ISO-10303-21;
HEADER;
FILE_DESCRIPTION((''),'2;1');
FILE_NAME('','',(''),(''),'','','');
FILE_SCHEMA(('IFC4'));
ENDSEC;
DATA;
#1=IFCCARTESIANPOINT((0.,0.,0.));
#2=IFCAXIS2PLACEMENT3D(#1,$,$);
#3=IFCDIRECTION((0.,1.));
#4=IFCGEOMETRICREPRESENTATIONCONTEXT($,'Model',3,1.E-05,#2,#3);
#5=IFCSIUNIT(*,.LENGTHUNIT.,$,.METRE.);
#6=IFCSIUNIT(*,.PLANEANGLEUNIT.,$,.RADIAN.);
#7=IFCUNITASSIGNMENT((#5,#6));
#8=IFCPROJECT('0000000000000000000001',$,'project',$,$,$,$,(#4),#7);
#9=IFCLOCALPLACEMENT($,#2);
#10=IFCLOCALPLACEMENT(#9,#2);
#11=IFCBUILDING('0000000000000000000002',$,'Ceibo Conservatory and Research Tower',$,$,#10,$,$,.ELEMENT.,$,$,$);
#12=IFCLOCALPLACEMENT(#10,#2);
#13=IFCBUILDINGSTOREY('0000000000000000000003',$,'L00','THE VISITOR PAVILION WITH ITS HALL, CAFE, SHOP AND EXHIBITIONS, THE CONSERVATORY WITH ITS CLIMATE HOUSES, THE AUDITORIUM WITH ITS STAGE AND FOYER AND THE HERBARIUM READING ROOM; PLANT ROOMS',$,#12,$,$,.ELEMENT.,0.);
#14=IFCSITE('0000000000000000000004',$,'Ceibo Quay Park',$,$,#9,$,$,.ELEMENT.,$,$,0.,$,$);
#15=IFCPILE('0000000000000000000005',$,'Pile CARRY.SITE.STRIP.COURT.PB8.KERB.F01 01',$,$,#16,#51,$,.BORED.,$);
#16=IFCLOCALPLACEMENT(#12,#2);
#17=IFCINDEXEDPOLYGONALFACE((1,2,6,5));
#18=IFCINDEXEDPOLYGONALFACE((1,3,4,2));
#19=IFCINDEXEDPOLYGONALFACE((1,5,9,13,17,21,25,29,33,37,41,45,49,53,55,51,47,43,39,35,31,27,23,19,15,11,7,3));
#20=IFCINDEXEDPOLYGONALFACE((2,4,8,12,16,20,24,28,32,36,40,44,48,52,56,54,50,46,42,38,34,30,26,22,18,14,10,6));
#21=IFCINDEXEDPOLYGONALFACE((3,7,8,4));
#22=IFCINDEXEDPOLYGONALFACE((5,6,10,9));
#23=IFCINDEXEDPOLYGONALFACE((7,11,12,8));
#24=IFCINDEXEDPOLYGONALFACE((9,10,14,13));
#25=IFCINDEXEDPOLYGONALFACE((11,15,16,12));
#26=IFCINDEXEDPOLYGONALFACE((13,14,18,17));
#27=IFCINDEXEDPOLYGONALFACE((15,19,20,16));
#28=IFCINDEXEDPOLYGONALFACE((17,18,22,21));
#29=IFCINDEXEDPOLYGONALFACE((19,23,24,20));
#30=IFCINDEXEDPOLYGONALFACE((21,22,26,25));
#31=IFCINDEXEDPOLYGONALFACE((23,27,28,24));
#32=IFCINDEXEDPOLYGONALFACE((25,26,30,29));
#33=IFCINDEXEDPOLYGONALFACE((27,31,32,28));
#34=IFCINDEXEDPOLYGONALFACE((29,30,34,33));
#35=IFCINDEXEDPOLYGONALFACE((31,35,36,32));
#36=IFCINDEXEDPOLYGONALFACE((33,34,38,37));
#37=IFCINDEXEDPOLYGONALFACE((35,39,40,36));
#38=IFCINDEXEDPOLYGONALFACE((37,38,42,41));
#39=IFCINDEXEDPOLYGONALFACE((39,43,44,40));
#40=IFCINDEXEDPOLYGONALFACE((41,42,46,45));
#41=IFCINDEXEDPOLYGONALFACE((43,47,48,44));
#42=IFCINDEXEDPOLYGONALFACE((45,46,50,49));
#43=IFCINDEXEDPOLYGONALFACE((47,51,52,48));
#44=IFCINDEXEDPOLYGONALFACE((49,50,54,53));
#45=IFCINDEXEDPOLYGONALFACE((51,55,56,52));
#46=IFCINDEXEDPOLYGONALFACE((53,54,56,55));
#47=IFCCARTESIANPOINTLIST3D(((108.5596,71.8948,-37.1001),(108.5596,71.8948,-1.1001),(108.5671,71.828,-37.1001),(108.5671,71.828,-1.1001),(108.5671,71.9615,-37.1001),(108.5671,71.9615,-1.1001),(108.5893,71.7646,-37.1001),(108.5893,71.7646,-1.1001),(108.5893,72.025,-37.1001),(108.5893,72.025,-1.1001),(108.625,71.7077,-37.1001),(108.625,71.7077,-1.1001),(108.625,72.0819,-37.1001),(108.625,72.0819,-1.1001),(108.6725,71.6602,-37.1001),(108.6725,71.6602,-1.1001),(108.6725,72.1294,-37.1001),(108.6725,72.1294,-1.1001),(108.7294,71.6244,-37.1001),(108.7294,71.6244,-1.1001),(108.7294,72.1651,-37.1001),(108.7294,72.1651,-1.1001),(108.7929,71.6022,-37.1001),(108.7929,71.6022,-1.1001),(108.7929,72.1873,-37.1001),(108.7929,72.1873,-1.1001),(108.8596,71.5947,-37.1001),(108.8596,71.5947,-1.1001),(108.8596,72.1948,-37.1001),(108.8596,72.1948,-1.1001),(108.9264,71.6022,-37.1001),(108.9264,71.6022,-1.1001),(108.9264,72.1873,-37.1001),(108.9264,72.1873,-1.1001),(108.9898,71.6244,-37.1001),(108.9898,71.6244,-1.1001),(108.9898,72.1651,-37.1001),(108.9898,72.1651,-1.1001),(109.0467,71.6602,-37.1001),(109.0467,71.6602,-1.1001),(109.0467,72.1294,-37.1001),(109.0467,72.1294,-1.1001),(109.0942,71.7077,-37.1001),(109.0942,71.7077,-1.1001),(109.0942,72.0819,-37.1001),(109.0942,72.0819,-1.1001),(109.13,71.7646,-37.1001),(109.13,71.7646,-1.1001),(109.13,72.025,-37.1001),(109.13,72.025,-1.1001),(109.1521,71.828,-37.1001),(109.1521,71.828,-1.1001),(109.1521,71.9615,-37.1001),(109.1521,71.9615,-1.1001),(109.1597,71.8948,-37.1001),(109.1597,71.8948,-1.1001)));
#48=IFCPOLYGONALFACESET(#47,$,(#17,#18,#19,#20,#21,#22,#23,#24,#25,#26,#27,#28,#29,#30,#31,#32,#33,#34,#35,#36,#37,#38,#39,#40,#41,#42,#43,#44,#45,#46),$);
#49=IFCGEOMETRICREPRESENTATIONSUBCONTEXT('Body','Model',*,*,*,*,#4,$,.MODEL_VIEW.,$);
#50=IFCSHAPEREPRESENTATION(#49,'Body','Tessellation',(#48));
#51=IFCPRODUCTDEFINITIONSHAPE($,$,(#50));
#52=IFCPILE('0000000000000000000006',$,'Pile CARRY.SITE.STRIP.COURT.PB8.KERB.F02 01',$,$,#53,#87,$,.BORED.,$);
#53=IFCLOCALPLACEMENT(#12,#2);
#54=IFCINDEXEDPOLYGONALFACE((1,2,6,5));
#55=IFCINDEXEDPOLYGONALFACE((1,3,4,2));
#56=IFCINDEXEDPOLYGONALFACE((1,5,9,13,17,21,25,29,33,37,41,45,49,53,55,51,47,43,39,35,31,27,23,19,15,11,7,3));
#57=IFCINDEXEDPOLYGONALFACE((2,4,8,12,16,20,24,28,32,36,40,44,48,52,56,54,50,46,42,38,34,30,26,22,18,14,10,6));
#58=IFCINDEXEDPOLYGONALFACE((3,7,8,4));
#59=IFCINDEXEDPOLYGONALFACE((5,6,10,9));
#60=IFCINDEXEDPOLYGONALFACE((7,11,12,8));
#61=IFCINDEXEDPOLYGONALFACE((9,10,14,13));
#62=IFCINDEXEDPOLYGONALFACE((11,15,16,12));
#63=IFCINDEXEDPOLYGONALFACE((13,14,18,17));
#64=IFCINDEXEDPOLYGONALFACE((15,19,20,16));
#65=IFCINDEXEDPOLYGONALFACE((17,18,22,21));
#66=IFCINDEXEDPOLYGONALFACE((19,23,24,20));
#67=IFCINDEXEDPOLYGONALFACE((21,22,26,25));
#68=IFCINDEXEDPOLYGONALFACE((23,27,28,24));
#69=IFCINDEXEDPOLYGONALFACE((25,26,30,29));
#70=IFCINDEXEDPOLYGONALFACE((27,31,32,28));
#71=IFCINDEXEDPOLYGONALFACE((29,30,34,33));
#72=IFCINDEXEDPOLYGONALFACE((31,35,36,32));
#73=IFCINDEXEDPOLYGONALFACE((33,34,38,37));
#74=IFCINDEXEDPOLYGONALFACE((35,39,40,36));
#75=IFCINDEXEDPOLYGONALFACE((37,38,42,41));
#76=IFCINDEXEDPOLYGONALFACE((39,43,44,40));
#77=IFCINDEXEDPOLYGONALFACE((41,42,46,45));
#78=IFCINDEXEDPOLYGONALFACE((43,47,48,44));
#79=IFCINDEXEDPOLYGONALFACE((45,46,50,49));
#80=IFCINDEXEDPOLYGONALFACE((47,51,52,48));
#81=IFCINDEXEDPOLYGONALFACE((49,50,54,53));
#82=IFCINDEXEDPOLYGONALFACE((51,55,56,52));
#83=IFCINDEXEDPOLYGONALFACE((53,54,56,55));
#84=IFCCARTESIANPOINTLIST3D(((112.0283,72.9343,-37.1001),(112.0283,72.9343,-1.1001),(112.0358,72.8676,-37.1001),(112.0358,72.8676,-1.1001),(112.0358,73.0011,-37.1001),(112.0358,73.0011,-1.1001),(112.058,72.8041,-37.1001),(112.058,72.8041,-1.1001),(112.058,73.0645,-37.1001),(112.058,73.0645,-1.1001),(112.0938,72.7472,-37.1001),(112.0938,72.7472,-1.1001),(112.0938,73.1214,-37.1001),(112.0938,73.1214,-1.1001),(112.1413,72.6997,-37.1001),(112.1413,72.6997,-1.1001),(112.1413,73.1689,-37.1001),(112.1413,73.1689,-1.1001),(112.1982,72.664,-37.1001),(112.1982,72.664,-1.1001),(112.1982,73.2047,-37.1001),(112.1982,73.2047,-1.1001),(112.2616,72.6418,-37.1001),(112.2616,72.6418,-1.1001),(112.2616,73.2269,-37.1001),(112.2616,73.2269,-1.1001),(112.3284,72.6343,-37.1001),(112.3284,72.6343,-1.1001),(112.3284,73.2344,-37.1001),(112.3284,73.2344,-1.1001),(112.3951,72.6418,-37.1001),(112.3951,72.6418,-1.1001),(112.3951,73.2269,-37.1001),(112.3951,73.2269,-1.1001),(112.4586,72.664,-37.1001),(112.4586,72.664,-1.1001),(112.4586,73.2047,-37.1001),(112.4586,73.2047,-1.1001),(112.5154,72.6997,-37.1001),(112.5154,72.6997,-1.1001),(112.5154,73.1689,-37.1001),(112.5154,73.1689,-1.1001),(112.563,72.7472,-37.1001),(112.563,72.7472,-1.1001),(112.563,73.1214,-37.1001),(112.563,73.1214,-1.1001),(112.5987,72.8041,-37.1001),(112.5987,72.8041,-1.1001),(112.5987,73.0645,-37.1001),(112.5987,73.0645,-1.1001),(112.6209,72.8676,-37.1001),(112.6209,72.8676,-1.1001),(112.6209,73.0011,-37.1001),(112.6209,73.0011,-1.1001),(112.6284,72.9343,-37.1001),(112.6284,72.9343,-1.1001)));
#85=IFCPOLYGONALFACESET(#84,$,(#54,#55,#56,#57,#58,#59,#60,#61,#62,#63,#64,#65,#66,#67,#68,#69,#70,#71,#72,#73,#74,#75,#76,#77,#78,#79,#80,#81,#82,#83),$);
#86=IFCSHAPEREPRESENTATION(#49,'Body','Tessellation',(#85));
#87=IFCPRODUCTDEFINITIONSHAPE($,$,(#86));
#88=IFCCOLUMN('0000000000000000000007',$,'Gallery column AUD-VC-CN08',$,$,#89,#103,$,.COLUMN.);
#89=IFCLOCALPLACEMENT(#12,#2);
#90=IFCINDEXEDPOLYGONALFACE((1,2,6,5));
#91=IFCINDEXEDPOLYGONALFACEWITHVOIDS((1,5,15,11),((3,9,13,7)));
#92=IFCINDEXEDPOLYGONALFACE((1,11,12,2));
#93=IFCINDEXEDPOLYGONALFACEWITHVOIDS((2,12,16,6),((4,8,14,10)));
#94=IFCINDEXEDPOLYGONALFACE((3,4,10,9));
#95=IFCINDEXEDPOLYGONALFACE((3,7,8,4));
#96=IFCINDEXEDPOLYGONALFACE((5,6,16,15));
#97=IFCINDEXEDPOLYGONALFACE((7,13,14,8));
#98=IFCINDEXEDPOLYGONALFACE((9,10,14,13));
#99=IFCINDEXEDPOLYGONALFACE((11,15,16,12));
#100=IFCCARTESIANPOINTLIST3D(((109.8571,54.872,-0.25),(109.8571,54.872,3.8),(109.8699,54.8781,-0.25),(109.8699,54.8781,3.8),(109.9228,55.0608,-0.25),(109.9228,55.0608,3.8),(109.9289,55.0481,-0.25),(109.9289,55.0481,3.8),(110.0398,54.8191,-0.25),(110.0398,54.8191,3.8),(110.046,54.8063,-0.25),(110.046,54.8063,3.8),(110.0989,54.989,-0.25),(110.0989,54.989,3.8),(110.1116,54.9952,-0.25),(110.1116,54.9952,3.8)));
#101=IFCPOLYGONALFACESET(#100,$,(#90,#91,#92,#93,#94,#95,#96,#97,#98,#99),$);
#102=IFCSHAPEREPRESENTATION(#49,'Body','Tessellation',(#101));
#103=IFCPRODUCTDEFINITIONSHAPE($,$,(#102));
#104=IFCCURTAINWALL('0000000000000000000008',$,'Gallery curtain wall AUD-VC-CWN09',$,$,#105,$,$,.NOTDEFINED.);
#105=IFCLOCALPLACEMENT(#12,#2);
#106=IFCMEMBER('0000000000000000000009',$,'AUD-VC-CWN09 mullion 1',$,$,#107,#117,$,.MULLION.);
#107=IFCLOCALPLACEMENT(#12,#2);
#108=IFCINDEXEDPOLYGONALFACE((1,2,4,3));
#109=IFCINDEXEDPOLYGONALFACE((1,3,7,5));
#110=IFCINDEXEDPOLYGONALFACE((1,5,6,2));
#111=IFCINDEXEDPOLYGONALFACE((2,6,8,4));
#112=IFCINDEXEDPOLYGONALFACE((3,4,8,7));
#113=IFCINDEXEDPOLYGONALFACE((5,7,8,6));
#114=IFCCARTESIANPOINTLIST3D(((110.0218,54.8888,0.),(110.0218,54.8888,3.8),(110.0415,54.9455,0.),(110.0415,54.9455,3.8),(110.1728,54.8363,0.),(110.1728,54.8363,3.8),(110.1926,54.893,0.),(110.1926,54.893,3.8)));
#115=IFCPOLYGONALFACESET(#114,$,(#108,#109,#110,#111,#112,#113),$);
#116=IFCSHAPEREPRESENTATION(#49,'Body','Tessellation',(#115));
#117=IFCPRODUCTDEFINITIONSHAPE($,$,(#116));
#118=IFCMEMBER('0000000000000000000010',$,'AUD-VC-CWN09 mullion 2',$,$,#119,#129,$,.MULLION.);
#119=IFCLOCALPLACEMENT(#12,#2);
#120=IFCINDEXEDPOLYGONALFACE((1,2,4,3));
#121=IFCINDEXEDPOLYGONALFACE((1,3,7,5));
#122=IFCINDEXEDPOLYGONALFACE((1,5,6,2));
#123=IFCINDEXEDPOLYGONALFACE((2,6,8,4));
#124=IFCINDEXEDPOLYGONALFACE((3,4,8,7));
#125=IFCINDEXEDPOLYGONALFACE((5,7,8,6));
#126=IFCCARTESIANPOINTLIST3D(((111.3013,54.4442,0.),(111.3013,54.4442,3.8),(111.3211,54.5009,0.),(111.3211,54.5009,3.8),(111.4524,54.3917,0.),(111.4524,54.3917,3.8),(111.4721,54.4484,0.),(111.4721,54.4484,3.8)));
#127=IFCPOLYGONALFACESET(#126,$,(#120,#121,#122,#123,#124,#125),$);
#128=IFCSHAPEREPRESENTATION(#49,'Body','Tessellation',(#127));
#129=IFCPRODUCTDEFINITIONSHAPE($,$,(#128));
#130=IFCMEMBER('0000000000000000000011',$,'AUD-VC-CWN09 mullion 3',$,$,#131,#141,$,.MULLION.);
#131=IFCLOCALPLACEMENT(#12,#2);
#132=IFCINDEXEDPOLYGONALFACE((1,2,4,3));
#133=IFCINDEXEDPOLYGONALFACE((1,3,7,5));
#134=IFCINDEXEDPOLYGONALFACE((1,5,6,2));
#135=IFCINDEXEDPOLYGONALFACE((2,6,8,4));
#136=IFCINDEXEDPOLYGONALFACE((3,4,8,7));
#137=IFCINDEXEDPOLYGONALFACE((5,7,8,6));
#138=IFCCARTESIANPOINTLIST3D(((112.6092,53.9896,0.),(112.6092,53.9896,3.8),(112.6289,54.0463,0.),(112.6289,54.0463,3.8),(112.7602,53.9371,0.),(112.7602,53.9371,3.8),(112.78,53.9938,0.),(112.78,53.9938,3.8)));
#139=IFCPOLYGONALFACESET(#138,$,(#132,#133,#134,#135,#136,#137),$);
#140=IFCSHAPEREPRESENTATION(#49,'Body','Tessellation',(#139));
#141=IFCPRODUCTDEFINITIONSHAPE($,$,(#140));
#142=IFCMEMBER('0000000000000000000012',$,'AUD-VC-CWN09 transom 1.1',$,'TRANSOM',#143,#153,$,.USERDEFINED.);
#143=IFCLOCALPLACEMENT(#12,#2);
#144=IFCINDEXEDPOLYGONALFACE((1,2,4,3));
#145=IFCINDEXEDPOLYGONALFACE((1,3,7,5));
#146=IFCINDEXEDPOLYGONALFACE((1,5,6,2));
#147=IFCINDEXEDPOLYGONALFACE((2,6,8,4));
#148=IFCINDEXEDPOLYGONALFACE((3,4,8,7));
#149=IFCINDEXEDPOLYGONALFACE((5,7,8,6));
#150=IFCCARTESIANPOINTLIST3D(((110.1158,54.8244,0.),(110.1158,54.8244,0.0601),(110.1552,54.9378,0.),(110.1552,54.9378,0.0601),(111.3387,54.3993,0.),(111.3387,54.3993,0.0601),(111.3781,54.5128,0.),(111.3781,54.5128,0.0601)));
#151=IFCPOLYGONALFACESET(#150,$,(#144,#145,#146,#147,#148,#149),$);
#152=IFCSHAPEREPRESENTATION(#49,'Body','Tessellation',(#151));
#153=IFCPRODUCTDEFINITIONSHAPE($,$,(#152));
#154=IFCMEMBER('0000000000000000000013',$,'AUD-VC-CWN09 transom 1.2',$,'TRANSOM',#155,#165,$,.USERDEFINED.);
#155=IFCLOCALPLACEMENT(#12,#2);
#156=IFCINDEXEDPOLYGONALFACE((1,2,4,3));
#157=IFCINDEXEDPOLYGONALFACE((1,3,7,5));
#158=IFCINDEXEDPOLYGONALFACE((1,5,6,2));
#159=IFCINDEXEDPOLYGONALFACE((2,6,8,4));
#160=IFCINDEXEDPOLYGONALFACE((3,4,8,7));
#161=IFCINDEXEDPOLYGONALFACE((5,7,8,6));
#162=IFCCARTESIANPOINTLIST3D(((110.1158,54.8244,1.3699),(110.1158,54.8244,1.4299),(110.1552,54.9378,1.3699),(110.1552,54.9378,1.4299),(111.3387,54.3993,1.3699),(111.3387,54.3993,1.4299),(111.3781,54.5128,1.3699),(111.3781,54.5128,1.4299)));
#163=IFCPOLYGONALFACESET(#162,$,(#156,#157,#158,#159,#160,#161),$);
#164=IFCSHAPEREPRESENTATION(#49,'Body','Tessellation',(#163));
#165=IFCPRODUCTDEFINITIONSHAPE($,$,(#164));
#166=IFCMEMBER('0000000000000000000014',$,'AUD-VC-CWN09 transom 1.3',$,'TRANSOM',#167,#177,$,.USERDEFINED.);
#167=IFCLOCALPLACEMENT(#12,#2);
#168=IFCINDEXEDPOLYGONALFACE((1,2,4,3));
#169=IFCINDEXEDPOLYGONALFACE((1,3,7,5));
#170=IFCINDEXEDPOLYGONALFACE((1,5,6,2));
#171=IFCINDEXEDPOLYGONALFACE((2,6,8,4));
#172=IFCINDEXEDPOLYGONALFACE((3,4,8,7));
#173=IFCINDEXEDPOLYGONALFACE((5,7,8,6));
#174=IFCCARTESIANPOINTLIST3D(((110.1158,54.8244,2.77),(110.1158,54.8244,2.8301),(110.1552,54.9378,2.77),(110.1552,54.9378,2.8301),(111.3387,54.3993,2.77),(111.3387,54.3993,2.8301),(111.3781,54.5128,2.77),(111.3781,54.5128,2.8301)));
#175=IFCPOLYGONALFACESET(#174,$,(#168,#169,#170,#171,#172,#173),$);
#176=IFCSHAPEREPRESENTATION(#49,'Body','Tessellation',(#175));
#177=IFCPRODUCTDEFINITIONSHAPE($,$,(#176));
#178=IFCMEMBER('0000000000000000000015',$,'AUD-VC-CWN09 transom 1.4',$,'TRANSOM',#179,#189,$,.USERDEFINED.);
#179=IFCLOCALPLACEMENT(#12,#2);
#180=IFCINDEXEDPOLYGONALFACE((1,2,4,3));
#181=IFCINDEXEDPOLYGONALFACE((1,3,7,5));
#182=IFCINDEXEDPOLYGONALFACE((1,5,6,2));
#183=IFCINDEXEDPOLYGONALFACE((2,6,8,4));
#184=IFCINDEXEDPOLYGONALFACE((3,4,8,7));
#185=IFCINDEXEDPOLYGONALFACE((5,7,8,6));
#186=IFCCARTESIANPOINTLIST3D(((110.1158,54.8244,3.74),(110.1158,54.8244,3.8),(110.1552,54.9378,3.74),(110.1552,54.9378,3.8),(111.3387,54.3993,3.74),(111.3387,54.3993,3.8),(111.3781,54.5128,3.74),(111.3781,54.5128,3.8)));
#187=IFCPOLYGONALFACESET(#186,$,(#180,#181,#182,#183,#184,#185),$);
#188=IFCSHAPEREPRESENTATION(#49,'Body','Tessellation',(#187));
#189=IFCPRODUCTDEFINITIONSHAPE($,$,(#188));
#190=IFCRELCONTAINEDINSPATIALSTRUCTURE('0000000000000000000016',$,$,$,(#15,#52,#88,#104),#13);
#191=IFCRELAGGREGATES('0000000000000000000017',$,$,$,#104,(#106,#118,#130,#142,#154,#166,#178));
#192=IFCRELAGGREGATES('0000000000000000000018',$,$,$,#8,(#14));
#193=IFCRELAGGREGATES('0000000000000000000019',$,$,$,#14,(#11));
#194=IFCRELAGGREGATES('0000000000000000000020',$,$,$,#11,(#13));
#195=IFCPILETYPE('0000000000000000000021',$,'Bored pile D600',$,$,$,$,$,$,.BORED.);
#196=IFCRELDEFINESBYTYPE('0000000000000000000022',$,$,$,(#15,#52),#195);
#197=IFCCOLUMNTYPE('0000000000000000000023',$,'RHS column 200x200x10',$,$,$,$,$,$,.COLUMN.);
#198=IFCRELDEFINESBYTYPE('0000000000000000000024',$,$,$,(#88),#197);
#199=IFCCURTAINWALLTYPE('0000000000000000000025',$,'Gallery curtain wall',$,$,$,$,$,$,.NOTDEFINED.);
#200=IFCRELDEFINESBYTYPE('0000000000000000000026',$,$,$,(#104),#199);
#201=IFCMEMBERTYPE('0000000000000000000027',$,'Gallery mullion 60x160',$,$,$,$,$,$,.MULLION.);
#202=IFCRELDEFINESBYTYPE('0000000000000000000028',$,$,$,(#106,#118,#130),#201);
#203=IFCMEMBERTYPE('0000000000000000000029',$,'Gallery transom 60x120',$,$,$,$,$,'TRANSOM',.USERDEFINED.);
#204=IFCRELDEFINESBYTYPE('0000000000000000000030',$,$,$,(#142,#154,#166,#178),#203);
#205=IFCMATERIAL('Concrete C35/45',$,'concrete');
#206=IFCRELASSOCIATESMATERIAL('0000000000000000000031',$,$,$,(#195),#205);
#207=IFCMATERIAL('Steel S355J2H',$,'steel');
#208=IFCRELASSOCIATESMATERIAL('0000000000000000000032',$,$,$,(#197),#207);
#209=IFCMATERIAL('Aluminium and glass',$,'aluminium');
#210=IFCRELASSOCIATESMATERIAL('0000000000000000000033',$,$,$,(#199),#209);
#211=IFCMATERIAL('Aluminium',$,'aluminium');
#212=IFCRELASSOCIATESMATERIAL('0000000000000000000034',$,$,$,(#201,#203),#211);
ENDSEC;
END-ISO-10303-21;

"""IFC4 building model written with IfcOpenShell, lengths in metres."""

from ifc_helpers import new_model, si_unit, direction, frame, origin, origin_2d, place, context, subcontext, project, spatial, rectangle, hollow_rectangle, circle, extrude, material, material_profile, profile_set, type_object, element, aggregate, save


model = new_model("IFC4")

# Units and contexts
model_context = context("Model", 3, precision=1e-05, world=origin(), true_north=direction((0.0, 1.0)))
body_context = subcontext(model_context, "Body", "Model", "MODEL_VIEW")
ifc_project = project(units=[si_unit("LENGTHUNIT", "METRE"), si_unit("PLANEANGLEUNIT", "RADIAN")], contexts=[model_context])

# Site, building, storey
site_placement = place(None, origin())
site = spatial("IfcSite", under=ifc_project, at=site_placement, Name="Ceibo Quay Park", CompositionType="ELEMENT", RefElevation=0.0)
building_placement = place(site_placement, origin())
building = spatial("IfcBuilding", under=site, at=building_placement, Name="Ceibo Conservatory and Research Tower", CompositionType="ELEMENT")
storey_placement = place(building_placement, origin())
storey = spatial("IfcBuildingStorey", under=building, at=storey_placement, Name="L00", Description="THE VISITOR PAVILION WITH ITS HALL, CAFE, SHOP AND EXHIBITIONS, THE CONSERVATORY WITH ITS CLIMATE HOUSES, THE AUDITORIUM WITH ITS STAGE AND FOYER AND THE HERBARIUM READING ROOM; PLANT ROOMS", CompositionType="ELEMENT", Elevation=0.0)

# Piles
ifc_material_1 = material(Name="Concrete C35/45", Category="concrete")
ifc_material_profile_1 = material_profile(ifc_material_1, circle(Radius=0.3, at=origin_2d()), Name="RC D600")
ifc_profile_set_1 = profile_set([ifc_material_profile_1], Name="Concrete C35/45")
pile_type = type_object("IfcPileType", Name="Bored pile D600", PredefinedType="BORED", material=ifc_profile_set_1)
for number, where, z_axis, x_axis, name in (
    (1, (108.8596, 71.8948, -1.1001), (0.0, 0.0, -1.0), (1.0, 0.0, 0.0), "Pile CARRY.SITE.STRIP.COURT.PB8.KERB.F01 01"),
    (2, (112.3284, 72.9343, -1.1001), (0.0, 0.0, -1.0), (1.0, 0.0, 0.0), "Pile CARRY.SITE.STRIP.COURT.PB8.KERB.F02 01"),
):
    element("IfcPile", number, at=place(storey_placement, frame(where, z_axis=z_axis, x_axis=x_axis)), inside=storey, type_object=pile_type, Name=name, PredefinedType="BORED", context=body_context, shape_type="SweptSolid", body=[
        extrude(circle(Radius=0.3, at=origin_2d()), origin(), (0.0, 0.0, 1.0), 36.0),
    ])

# Column
ifc_material_2 = material(Name="Steel S355J2H", Category="steel")
ifc_material_profile_2 = material_profile(ifc_material_2, hollow_rectangle(XDim=0.2, YDim=0.2, WallThickness=0.01, at=origin_2d()), Name="RHS column 200x200x10")
ifc_profile_set_2 = profile_set([ifc_material_profile_2], Name="Steel S355J2H")
column_type = type_object("IfcColumnType", Name="RHS column 200x200x10", PredefinedType="COLUMN", material=ifc_profile_set_2)
column_placement = place(storey_placement, frame((109.9844, 54.9336, -0.25), z_axis=(0.0, 0.0, 1.0), x_axis=(0.944579, -0.328284, 0.0)))
element("IfcColumn", 3, at=column_placement, inside=storey, type_object=column_type, Name="Gallery column AUD-VC-CN08", PredefinedType="COLUMN", context=body_context, shape_type="SweptSolid", body=[
    extrude(hollow_rectangle(XDim=0.2, YDim=0.2, WallThickness=0.01, at=origin_2d()), origin(), (0.0, 0.0, 1.0), 4.05),
])

# Curtain wall, members
ifc_material_3 = material(Name="Aluminium and glass", Category="aluminium")
curtain_wall_type = type_object("IfcCurtainWallType", Name="Gallery curtain wall", PredefinedType="NOTDEFINED", material=ifc_material_3)
curtain_wall_placement = place(storey_placement, origin())
curtain_wall = element("IfcCurtainWall", 4, at=curtain_wall_placement, inside=storey, type_object=curtain_wall_type, Name="Gallery curtain wall AUD-VC-CWN09", PredefinedType="NOTDEFINED")
ifc_material_4 = material(Name="Aluminium", Category="aluminium")
ifc_material_profile_3 = material_profile(ifc_material_4, rectangle(XDim=0.0601, YDim=0.1599, at=origin_2d()), Name="AL 60x160")
ifc_profile_set_3 = profile_set([ifc_material_profile_3], Name="Aluminium")
member_type_1 = type_object("IfcMemberType", Name="Gallery mullion 60x160", PredefinedType="MULLION", material=ifc_profile_set_3)
member_1_placement = place(storey_placement, frame((110.1072, 54.8909, 0.0), z_axis=(0.0, 0.0, 1.0), x_axis=(0.328284, 0.944579, 0.0)))
member_1 = element("IfcMember", 5, at=member_1_placement, type_object=member_type_1, Name="AUD-VC-CWN09 mullion 1", PredefinedType="MULLION", context=body_context, shape_type="SweptSolid", body=[
    extrude(rectangle(XDim=0.0601, YDim=0.1599, at=origin_2d()), origin(), (0.0, 0.0, 1.0), 3.8),
])
member_2_placement = place(storey_placement, frame((111.3867, 54.4463, 0.0), z_axis=(0.0, 0.0, 1.0), x_axis=(0.328284, 0.944579, 0.0)))
member_2 = element("IfcMember", 6, at=member_2_placement, type_object=member_type_1, Name="AUD-VC-CWN09 mullion 2", PredefinedType="MULLION", context=body_context, shape_type="SweptSolid", body=[
    extrude(rectangle(XDim=0.0601, YDim=0.1599, at=origin_2d()), origin(), (0.0, 0.0, 1.0), 3.8),
])
member_3_placement = place(storey_placement, frame((112.6946, 53.9917, 0.0), z_axis=(0.0, 0.0, 1.0), x_axis=(0.328284, 0.944579, 0.0)))
member_3 = element("IfcMember", 7, at=member_3_placement, type_object=member_type_1, Name="AUD-VC-CWN09 mullion 3", PredefinedType="MULLION", context=body_context, shape_type="SweptSolid", body=[
    extrude(rectangle(XDim=0.0601, YDim=0.1599, at=origin_2d()), origin(), (0.0, 0.0, 1.0), 3.8),
])
ifc_material_profile_4 = material_profile(ifc_material_4, rectangle(XDim=0.1201, YDim=0.0601, at=origin_2d()), Name="AL 60x120")
ifc_profile_set_4 = profile_set([ifc_material_profile_4], Name="Aluminium")
member_type_2 = type_object("IfcMemberType", Name="Gallery transom 60x120", ElementType="TRANSOM", PredefinedType="USERDEFINED", material=ifc_profile_set_4)
member_4_placement = place(storey_placement, frame((110.1355, 54.8811, 0.03), z_axis=(0.944571, -0.328309, 0.0), x_axis=(0.328309, 0.944571, 0.0)))
member_4 = element("IfcMember", 8, at=member_4_placement, type_object=member_type_2, Name="AUD-VC-CWN09 transom 1.1", ObjectType="TRANSOM", PredefinedType="USERDEFINED", context=body_context, shape_type="SweptSolid", body=[
    extrude(rectangle(XDim=0.1201, YDim=0.0601, at=origin_2d()), origin(), (0.0, 0.0, 1.0), 1.2947),
])
member_5_placement = place(storey_placement, frame((110.1355, 54.8811, 1.3999), z_axis=(0.944571, -0.328309, 0.0), x_axis=(0.328309, 0.944571, 0.0)))
member_5 = element("IfcMember", 9, at=member_5_placement, type_object=member_type_2, Name="AUD-VC-CWN09 transom 1.2", ObjectType="TRANSOM", PredefinedType="USERDEFINED", context=body_context, shape_type="SweptSolid", body=[
    extrude(rectangle(XDim=0.1201, YDim=0.0601, at=origin_2d()), origin(), (0.0, 0.0, 1.0), 1.2947),
])
member_6_placement = place(storey_placement, frame((110.1355, 54.8811, 2.8), z_axis=(0.944571, -0.328309, 0.0), x_axis=(0.328309, 0.944571, 0.0)))
member_6 = element("IfcMember", 10, at=member_6_placement, type_object=member_type_2, Name="AUD-VC-CWN09 transom 1.3", ObjectType="TRANSOM", PredefinedType="USERDEFINED", context=body_context, shape_type="SweptSolid", body=[
    extrude(rectangle(XDim=0.1201, YDim=0.0601, at=origin_2d()), origin(), (0.0, 0.0, 1.0), 1.2947),
])
member_7_placement = place(storey_placement, frame((110.1355, 54.8811, 3.77), z_axis=(0.944571, -0.328309, 0.0), x_axis=(0.328309, 0.944571, 0.0)))
member_7 = element("IfcMember", 11, at=member_7_placement, type_object=member_type_2, Name="AUD-VC-CWN09 transom 1.4", ObjectType="TRANSOM", PredefinedType="USERDEFINED", context=body_context, shape_type="SweptSolid", body=[
    extrude(rectangle(XDim=0.1201, YDim=0.0601, at=origin_2d()), origin(), (0.0, 0.0, 1.0), 1.2947),
])

aggregate(curtain_wall, [member_1, member_2, member_3, member_4, member_5, member_6, member_7])

save(model, "model.ifc")
